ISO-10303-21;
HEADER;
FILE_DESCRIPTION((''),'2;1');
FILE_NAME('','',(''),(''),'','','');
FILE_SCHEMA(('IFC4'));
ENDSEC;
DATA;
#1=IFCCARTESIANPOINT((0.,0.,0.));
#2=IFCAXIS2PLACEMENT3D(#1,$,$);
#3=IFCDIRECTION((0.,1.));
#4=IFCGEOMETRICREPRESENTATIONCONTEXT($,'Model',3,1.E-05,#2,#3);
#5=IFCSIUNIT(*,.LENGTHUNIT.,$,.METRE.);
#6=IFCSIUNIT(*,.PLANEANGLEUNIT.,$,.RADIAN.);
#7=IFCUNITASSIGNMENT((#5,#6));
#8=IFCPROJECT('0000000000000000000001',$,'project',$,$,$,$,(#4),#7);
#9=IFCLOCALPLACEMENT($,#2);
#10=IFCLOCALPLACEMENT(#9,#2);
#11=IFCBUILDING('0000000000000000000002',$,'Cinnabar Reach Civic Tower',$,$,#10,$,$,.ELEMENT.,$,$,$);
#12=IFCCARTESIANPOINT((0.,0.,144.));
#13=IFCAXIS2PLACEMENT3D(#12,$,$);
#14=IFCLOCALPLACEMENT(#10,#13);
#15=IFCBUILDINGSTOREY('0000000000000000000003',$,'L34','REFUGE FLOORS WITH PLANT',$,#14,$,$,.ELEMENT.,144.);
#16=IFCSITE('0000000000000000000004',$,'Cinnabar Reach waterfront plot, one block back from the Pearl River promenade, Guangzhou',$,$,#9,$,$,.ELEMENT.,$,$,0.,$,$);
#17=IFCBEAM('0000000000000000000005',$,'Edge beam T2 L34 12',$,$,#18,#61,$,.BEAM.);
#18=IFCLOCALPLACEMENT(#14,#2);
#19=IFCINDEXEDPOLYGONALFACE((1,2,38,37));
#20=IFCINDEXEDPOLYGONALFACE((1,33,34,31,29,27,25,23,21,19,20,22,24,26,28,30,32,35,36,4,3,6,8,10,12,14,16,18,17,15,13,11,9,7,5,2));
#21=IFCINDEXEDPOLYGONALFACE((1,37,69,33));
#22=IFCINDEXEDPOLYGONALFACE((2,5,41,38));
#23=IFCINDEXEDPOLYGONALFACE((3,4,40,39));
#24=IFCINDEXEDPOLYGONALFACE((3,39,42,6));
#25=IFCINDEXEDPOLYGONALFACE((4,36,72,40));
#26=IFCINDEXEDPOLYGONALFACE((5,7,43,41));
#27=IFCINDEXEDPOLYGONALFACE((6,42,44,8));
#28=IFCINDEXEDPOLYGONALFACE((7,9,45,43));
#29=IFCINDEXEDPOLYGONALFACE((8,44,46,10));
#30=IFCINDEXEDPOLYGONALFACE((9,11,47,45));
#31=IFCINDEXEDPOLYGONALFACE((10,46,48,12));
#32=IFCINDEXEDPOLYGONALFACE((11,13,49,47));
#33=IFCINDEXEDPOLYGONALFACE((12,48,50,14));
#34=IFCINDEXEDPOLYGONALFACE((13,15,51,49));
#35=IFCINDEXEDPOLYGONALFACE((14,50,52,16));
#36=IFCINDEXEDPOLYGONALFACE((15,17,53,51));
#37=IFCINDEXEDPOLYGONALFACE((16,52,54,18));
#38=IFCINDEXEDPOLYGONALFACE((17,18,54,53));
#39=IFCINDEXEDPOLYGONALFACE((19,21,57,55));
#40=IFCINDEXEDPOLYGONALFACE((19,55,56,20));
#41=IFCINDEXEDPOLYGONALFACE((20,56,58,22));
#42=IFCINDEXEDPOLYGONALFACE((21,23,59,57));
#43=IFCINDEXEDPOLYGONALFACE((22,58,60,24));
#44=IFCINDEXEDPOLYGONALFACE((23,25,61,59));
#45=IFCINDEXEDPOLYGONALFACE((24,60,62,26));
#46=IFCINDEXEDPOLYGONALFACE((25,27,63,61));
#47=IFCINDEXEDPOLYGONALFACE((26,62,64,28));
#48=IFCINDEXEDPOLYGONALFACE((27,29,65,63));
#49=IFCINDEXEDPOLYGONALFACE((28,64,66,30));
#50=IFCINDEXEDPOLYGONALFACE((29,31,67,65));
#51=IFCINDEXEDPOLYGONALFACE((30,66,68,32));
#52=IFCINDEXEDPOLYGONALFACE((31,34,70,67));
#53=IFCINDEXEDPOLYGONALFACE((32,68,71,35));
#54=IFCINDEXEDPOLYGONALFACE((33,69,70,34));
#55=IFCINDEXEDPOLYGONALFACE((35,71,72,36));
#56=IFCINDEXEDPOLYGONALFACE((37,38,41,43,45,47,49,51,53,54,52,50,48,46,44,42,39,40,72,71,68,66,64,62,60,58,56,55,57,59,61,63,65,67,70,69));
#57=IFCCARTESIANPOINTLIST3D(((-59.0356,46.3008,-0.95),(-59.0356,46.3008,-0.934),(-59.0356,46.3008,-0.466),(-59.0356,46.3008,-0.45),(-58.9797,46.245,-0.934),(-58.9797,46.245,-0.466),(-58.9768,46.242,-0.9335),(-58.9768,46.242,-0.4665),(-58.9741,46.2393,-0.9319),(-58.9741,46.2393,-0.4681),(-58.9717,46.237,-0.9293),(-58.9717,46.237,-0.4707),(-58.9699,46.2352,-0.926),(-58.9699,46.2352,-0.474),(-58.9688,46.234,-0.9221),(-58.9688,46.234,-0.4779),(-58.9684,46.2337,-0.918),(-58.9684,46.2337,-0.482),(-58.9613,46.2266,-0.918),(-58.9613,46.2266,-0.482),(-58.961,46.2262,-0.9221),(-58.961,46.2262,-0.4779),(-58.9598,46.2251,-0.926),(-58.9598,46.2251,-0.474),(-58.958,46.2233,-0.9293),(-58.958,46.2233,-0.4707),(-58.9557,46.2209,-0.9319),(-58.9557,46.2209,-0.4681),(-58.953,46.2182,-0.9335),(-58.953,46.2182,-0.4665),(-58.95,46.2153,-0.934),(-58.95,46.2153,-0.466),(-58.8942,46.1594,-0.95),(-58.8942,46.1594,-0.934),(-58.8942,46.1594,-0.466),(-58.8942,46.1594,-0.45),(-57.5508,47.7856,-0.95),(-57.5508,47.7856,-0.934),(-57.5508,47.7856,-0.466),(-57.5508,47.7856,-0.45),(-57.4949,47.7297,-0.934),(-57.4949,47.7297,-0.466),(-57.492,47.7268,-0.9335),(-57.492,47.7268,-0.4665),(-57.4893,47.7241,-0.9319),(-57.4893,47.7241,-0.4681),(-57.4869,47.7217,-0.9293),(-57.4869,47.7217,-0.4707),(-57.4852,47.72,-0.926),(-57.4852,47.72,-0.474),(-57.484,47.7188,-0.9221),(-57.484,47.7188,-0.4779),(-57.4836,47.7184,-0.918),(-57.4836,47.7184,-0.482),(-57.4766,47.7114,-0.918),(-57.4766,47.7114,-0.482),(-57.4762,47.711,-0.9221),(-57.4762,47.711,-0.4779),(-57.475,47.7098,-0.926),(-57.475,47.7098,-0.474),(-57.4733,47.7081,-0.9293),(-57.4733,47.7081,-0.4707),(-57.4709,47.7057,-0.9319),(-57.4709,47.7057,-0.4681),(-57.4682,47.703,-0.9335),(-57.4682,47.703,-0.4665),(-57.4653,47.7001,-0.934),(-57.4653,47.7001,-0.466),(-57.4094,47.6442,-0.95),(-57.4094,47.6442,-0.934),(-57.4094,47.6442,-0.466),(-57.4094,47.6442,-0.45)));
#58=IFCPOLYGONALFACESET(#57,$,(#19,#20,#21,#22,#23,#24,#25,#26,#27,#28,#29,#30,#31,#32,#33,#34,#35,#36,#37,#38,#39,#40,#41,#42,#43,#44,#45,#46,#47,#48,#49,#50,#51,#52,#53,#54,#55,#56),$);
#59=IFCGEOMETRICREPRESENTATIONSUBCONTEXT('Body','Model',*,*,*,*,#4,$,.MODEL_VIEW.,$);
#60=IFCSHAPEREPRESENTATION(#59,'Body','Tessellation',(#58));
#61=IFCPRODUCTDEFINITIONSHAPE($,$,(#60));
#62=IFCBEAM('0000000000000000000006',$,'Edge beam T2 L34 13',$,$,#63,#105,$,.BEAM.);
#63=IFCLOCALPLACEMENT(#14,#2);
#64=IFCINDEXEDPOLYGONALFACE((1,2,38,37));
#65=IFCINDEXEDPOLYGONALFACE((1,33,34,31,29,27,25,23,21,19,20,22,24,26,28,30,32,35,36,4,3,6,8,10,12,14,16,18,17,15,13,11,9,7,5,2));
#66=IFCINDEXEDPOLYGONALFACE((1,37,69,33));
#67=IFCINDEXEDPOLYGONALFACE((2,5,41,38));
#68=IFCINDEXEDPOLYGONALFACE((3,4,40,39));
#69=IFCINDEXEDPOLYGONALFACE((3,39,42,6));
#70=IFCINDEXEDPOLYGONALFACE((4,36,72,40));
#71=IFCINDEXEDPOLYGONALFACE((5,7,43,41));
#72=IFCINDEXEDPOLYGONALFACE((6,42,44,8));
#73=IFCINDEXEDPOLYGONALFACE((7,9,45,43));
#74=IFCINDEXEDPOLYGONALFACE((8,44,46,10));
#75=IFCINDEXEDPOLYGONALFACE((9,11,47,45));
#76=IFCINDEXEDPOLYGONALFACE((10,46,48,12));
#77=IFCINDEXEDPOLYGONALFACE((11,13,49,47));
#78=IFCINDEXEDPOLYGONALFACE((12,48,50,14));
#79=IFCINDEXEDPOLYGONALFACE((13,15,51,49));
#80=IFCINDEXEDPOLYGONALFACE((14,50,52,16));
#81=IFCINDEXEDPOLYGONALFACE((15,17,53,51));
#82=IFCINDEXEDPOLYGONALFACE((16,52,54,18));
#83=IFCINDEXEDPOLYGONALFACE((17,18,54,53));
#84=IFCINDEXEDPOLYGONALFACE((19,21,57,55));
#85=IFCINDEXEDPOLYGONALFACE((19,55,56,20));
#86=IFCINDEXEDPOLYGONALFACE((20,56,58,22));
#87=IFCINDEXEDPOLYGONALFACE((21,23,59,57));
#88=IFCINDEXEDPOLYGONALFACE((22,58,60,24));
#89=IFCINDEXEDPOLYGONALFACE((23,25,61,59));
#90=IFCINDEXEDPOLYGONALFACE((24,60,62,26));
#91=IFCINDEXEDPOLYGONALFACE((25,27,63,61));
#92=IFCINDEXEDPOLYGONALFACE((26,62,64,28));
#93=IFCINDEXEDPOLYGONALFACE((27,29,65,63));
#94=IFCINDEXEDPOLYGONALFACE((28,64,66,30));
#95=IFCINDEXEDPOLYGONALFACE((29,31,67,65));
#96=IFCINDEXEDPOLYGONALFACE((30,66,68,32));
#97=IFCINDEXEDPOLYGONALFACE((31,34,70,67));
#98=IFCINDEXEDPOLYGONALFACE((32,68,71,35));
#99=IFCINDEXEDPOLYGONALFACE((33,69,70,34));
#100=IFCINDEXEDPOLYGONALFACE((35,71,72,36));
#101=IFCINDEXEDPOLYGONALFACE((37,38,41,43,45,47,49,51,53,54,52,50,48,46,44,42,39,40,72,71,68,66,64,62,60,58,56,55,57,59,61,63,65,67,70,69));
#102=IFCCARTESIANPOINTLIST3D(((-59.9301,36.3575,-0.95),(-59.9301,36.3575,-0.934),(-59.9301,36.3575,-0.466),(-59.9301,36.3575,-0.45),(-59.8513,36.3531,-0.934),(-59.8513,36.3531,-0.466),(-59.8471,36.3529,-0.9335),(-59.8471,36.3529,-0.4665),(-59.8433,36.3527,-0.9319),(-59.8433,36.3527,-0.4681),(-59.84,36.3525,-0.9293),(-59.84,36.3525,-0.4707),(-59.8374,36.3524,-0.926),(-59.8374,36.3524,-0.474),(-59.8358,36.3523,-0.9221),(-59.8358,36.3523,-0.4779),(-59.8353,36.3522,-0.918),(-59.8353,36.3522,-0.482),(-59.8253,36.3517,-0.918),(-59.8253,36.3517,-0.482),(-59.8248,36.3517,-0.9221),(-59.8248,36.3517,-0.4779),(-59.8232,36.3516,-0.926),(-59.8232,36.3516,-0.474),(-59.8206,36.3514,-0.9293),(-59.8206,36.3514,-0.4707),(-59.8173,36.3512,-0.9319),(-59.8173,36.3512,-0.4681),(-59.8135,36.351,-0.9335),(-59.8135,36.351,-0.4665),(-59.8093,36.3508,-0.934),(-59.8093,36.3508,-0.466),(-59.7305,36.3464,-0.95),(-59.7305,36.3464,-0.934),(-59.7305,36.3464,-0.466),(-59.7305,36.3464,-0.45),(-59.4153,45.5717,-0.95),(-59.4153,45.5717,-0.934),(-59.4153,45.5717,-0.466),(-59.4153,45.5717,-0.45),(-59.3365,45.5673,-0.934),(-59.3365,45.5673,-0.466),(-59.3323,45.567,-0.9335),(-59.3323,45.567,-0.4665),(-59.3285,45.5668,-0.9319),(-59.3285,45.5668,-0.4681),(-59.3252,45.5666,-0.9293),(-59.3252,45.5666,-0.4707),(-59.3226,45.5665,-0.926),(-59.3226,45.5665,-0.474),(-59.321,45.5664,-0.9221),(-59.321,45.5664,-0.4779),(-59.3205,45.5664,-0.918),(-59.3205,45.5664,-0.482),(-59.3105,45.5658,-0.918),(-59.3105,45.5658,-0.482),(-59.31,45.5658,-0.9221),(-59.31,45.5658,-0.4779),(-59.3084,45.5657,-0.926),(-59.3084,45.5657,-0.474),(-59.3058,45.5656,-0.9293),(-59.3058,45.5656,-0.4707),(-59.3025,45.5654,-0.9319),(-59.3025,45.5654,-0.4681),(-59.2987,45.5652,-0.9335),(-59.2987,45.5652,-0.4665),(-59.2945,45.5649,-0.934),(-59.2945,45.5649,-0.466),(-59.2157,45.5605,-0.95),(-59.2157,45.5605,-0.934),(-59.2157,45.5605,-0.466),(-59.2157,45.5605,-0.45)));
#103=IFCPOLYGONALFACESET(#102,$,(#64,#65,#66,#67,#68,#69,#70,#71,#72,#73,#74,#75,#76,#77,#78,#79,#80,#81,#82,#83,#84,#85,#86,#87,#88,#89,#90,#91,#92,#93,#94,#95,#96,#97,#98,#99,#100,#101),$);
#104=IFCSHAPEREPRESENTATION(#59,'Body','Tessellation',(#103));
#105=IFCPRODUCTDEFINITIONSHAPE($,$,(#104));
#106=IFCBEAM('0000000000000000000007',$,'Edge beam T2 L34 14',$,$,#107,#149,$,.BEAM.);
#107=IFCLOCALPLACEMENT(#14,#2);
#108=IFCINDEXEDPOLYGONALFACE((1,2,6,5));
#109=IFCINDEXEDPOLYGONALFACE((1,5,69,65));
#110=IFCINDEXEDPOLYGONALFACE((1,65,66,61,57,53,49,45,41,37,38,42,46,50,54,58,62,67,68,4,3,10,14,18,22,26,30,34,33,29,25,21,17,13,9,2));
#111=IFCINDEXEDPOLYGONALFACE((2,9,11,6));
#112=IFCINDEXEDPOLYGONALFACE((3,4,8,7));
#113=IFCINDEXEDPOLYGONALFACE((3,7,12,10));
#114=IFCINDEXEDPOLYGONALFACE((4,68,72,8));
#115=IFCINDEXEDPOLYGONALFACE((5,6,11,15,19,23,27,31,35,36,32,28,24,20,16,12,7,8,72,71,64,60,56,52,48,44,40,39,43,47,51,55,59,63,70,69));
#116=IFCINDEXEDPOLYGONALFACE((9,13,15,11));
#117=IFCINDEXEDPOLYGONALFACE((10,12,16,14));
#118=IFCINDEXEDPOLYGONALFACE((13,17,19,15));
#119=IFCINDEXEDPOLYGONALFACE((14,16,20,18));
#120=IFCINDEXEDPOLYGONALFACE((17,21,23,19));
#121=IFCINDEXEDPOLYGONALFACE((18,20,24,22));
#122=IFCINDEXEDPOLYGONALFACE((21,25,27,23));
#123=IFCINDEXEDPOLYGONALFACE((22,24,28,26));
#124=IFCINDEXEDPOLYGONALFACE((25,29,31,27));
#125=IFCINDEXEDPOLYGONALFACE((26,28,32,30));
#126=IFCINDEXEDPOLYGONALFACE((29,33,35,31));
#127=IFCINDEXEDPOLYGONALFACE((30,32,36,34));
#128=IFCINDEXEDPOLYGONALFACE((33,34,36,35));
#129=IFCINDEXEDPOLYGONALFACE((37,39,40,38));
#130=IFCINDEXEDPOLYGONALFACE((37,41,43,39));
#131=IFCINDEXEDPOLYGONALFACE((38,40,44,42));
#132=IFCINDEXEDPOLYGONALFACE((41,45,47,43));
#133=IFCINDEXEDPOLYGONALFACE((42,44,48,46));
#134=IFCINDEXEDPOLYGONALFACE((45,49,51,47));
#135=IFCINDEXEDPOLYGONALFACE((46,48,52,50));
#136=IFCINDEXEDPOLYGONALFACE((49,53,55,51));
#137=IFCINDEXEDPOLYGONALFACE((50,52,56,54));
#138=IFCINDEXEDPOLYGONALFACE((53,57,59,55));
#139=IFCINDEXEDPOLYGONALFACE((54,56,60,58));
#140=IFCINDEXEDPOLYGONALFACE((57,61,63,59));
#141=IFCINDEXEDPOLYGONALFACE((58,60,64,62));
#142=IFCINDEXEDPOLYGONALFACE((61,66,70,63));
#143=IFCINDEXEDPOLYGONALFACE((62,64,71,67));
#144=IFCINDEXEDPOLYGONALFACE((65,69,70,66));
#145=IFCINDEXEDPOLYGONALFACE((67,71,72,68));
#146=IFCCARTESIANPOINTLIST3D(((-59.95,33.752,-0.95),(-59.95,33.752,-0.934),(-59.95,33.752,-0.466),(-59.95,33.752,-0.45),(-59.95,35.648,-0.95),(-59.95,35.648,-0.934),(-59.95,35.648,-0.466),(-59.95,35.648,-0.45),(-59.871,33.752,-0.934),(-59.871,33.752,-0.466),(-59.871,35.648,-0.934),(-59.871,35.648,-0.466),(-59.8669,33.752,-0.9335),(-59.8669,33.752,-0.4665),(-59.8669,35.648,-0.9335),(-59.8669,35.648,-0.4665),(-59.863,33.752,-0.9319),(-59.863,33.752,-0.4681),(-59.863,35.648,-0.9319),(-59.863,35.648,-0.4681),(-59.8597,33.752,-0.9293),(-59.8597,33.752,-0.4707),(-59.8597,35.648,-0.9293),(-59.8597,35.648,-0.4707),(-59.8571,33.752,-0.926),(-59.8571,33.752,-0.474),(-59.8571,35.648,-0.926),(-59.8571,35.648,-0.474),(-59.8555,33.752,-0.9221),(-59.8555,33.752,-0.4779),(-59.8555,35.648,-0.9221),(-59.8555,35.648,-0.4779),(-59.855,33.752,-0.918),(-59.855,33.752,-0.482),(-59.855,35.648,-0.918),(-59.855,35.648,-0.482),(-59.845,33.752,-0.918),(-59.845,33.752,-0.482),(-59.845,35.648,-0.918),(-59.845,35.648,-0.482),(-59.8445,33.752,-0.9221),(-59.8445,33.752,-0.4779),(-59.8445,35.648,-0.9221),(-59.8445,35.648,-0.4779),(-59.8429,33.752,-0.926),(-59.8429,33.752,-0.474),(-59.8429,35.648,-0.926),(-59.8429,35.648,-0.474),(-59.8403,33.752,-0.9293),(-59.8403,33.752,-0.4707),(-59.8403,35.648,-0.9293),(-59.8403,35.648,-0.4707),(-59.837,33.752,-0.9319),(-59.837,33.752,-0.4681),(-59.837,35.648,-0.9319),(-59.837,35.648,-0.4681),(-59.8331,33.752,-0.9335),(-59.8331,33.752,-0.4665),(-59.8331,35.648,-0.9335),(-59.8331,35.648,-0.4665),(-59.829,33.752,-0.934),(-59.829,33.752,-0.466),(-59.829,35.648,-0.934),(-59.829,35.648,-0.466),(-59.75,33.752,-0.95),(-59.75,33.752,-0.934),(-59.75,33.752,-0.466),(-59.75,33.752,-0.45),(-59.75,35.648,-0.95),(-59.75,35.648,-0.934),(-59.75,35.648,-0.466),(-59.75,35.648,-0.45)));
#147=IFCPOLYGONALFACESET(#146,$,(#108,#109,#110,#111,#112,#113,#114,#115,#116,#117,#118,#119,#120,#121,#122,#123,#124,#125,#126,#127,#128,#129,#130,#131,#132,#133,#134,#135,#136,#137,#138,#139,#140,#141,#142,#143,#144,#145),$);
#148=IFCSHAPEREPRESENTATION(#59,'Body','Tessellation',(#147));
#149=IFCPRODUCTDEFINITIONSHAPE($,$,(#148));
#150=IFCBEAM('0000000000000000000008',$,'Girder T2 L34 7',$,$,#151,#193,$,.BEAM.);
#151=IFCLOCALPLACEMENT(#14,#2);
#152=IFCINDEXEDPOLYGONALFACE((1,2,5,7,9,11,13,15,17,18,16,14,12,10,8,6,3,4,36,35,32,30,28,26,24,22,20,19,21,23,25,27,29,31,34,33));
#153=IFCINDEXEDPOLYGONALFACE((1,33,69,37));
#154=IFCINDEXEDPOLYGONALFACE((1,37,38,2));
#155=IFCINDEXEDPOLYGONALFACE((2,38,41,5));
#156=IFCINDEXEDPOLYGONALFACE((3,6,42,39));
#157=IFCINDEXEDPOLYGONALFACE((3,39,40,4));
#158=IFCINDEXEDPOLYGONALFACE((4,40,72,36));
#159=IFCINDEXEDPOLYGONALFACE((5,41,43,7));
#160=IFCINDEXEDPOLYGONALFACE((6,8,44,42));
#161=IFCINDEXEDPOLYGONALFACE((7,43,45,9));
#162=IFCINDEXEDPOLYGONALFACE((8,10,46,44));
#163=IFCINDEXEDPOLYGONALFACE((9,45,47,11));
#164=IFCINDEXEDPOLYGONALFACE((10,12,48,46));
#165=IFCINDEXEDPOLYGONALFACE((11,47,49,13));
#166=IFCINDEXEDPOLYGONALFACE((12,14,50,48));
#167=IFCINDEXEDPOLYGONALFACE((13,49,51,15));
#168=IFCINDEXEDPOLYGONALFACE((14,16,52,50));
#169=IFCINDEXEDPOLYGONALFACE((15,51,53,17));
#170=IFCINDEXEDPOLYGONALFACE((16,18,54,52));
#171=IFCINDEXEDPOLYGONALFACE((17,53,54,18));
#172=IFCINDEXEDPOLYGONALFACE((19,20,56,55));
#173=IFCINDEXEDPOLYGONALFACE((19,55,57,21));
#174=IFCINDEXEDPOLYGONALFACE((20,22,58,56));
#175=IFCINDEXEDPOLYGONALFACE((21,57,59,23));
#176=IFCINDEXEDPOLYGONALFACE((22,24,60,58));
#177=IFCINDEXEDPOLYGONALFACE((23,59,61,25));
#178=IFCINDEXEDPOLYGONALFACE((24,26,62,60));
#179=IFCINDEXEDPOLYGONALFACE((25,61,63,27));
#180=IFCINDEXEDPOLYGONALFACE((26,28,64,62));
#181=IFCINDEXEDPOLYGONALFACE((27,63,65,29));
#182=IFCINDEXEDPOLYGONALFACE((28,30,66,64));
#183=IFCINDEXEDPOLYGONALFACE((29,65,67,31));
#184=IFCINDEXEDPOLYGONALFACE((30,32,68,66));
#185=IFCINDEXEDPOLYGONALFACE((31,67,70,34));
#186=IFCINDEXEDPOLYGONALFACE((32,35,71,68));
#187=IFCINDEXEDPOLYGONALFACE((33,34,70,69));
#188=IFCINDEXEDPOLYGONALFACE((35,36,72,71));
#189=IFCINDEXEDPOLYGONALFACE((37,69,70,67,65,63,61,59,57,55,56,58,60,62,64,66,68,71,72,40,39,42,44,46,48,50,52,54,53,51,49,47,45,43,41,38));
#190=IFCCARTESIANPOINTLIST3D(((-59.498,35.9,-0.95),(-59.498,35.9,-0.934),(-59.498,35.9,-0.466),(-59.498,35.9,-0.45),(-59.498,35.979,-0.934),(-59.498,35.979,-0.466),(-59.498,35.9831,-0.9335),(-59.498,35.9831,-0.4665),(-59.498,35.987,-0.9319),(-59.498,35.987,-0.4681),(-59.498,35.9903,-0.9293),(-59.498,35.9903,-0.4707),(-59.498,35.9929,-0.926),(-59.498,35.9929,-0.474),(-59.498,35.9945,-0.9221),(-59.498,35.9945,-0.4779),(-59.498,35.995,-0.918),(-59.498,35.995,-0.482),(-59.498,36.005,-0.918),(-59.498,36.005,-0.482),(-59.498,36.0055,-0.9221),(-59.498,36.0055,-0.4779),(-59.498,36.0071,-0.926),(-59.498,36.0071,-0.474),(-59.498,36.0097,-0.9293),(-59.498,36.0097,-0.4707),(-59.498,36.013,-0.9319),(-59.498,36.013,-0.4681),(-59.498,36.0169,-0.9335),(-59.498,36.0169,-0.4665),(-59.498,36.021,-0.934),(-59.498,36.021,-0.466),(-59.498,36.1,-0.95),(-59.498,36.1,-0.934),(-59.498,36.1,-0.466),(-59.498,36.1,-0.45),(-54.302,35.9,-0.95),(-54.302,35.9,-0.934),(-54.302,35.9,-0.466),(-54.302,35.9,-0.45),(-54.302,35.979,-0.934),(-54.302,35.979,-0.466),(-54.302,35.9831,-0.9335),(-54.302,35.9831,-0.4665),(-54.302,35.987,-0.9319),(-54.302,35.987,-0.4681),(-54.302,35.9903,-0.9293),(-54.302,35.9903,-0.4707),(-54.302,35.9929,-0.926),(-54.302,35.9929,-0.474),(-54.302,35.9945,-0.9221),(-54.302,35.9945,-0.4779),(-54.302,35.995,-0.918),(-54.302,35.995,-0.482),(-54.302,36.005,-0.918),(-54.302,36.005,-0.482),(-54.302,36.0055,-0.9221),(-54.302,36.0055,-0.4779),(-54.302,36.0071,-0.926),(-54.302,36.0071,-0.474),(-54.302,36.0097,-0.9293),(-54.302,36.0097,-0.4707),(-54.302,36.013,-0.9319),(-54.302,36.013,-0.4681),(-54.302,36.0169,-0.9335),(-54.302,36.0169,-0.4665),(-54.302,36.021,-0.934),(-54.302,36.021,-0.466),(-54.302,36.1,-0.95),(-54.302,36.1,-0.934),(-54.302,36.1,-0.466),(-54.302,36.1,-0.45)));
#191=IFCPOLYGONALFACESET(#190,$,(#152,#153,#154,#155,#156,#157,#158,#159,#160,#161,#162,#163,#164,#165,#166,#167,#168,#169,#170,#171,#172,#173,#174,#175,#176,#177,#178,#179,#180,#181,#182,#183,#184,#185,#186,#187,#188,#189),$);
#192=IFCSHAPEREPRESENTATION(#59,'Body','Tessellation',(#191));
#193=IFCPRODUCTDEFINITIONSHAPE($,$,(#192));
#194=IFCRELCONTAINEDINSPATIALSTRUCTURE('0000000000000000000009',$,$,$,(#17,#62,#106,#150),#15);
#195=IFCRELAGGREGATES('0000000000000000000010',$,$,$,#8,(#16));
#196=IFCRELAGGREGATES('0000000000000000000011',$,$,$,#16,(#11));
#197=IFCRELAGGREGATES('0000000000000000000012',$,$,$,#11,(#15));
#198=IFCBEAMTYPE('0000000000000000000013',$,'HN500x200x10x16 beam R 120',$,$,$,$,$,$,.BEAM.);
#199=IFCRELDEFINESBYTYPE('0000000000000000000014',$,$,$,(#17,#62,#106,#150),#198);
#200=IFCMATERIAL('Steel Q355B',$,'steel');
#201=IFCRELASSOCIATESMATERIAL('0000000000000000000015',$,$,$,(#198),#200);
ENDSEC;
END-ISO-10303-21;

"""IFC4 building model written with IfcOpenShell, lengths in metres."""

from ifc_helpers import new_model, si_unit, direction, frame, origin, origin_2d, place, context, subcontext, project, spatial, i_section, extrude, material, material_profile, profile_set, type_object, element, save


model = new_model("IFC4")

# Units and contexts
model_context = context("Model", 3, precision=1e-05, world=origin(), true_north=direction((0.0, 1.0)))
body_context = subcontext(model_context, "Body", "Model", "MODEL_VIEW")
ifc_project = project(units=[si_unit("LENGTHUNIT", "METRE"), si_unit("PLANEANGLEUNIT", "RADIAN")], contexts=[model_context])

# Site, building, storey
site_placement = place(None, origin())
site = spatial("IfcSite", under=ifc_project, at=site_placement, Name="Cinnabar Reach waterfront plot, one block back from the Pearl River promenade, Guangzhou", CompositionType="ELEMENT", RefElevation=0.0)
building_placement = place(site_placement, origin())
building = spatial("IfcBuilding", under=site, at=building_placement, Name="Cinnabar Reach Civic Tower", CompositionType="ELEMENT")
storey_placement = place(building_placement, frame((0.0, 0.0, 144.0)))
storey = spatial("IfcBuildingStorey", under=building, at=storey_placement, Name="L34", Description="REFUGE FLOORS WITH PLANT", CompositionType="ELEMENT", Elevation=144.0)

# Beams
ifc_material_1 = material(Name="Steel Q355B", Category="steel")
ifc_material_profile_1 = material_profile(ifc_material_1, i_section(OverallWidth=0.2, OverallDepth=0.5, WebThickness=0.01, FlangeThickness=0.016, FilletRadius=0.016, at=origin_2d()), Name="HN500x200x10x16")
ifc_profile_set_1 = profile_set([ifc_material_profile_1], Name="Steel Q355B")
beam_type_1 = type_object("IfcBeamType", Name="HN500x200x10x16 beam R 120", PredefinedType="BEAM", material=ifc_profile_set_1)
beam_1_placement = place(storey_placement, frame((-57.4801, 47.7149, -0.7), z_axis=(-0.707107, -0.707107, 0.0), x_axis=(0.707107, -0.707107, 0.0)))
element("IfcBeam", 1, at=beam_1_placement, inside=storey, type_object=beam_type_1, Name="Edge beam T2 L34 12", PredefinedType="BEAM", context=body_context, shape_type="SweptSolid", body=[
    extrude(i_section(OverallWidth=0.2, OverallDepth=0.5, WebThickness=0.01, FlangeThickness=0.016, FilletRadius=0.016, at=origin_2d()), origin(), (0.0, 0.0, 1.0), 2.0998),
])
beam_2_placement = place(storey_placement, frame((-59.3155, 45.5661, -0.7), z_axis=(-0.055784, -0.998443, 0.0), x_axis=(0.998443, -0.055784, 0.0)))
element("IfcBeam", 2, at=beam_2_placement, inside=storey, type_object=beam_type_1, Name="Edge beam T2 L34 13", PredefinedType="BEAM", context=body_context, shape_type="SweptSolid", body=[
    extrude(i_section(OverallWidth=0.2, OverallDepth=0.5, WebThickness=0.01, FlangeThickness=0.016, FilletRadius=0.016, at=origin_2d()), origin(), (0.0, 0.0, 1.0), 9.2285),
])
beam_3_placement = place(storey_placement, frame((-59.85, 35.648, -0.7), z_axis=(0.0, -1.0, 0.0), x_axis=(1.0, 0.0, 0.0)))
element("IfcBeam", 3, at=beam_3_placement, inside=storey, type_object=beam_type_1, Name="Edge beam T2 L34 14", PredefinedType="BEAM", context=body_context, shape_type="SweptSolid", body=[
    extrude(i_section(OverallWidth=0.2, OverallDepth=0.5, WebThickness=0.01, FlangeThickness=0.016, FilletRadius=0.016, at=origin_2d()), origin(), (0.0, 0.0, 1.0), 1.896),
])
beam_4_placement = place(storey_placement, frame((-59.498, 36.0, -0.7), z_axis=(1.0, 0.0, 0.0), x_axis=(0.0, 1.0, 0.0)))
element("IfcBeam", 4, at=beam_4_placement, inside=storey, type_object=beam_type_1, Name="Girder T2 L34 7", PredefinedType="BEAM", context=body_context, shape_type="SweptSolid", body=[
    extrude(i_section(OverallWidth=0.2, OverallDepth=0.5, WebThickness=0.01, FlangeThickness=0.016, FilletRadius=0.016, at=origin_2d()), origin(), (0.0, 0.0, 1.0), 5.196),
])

save(model, "model.ifc")
